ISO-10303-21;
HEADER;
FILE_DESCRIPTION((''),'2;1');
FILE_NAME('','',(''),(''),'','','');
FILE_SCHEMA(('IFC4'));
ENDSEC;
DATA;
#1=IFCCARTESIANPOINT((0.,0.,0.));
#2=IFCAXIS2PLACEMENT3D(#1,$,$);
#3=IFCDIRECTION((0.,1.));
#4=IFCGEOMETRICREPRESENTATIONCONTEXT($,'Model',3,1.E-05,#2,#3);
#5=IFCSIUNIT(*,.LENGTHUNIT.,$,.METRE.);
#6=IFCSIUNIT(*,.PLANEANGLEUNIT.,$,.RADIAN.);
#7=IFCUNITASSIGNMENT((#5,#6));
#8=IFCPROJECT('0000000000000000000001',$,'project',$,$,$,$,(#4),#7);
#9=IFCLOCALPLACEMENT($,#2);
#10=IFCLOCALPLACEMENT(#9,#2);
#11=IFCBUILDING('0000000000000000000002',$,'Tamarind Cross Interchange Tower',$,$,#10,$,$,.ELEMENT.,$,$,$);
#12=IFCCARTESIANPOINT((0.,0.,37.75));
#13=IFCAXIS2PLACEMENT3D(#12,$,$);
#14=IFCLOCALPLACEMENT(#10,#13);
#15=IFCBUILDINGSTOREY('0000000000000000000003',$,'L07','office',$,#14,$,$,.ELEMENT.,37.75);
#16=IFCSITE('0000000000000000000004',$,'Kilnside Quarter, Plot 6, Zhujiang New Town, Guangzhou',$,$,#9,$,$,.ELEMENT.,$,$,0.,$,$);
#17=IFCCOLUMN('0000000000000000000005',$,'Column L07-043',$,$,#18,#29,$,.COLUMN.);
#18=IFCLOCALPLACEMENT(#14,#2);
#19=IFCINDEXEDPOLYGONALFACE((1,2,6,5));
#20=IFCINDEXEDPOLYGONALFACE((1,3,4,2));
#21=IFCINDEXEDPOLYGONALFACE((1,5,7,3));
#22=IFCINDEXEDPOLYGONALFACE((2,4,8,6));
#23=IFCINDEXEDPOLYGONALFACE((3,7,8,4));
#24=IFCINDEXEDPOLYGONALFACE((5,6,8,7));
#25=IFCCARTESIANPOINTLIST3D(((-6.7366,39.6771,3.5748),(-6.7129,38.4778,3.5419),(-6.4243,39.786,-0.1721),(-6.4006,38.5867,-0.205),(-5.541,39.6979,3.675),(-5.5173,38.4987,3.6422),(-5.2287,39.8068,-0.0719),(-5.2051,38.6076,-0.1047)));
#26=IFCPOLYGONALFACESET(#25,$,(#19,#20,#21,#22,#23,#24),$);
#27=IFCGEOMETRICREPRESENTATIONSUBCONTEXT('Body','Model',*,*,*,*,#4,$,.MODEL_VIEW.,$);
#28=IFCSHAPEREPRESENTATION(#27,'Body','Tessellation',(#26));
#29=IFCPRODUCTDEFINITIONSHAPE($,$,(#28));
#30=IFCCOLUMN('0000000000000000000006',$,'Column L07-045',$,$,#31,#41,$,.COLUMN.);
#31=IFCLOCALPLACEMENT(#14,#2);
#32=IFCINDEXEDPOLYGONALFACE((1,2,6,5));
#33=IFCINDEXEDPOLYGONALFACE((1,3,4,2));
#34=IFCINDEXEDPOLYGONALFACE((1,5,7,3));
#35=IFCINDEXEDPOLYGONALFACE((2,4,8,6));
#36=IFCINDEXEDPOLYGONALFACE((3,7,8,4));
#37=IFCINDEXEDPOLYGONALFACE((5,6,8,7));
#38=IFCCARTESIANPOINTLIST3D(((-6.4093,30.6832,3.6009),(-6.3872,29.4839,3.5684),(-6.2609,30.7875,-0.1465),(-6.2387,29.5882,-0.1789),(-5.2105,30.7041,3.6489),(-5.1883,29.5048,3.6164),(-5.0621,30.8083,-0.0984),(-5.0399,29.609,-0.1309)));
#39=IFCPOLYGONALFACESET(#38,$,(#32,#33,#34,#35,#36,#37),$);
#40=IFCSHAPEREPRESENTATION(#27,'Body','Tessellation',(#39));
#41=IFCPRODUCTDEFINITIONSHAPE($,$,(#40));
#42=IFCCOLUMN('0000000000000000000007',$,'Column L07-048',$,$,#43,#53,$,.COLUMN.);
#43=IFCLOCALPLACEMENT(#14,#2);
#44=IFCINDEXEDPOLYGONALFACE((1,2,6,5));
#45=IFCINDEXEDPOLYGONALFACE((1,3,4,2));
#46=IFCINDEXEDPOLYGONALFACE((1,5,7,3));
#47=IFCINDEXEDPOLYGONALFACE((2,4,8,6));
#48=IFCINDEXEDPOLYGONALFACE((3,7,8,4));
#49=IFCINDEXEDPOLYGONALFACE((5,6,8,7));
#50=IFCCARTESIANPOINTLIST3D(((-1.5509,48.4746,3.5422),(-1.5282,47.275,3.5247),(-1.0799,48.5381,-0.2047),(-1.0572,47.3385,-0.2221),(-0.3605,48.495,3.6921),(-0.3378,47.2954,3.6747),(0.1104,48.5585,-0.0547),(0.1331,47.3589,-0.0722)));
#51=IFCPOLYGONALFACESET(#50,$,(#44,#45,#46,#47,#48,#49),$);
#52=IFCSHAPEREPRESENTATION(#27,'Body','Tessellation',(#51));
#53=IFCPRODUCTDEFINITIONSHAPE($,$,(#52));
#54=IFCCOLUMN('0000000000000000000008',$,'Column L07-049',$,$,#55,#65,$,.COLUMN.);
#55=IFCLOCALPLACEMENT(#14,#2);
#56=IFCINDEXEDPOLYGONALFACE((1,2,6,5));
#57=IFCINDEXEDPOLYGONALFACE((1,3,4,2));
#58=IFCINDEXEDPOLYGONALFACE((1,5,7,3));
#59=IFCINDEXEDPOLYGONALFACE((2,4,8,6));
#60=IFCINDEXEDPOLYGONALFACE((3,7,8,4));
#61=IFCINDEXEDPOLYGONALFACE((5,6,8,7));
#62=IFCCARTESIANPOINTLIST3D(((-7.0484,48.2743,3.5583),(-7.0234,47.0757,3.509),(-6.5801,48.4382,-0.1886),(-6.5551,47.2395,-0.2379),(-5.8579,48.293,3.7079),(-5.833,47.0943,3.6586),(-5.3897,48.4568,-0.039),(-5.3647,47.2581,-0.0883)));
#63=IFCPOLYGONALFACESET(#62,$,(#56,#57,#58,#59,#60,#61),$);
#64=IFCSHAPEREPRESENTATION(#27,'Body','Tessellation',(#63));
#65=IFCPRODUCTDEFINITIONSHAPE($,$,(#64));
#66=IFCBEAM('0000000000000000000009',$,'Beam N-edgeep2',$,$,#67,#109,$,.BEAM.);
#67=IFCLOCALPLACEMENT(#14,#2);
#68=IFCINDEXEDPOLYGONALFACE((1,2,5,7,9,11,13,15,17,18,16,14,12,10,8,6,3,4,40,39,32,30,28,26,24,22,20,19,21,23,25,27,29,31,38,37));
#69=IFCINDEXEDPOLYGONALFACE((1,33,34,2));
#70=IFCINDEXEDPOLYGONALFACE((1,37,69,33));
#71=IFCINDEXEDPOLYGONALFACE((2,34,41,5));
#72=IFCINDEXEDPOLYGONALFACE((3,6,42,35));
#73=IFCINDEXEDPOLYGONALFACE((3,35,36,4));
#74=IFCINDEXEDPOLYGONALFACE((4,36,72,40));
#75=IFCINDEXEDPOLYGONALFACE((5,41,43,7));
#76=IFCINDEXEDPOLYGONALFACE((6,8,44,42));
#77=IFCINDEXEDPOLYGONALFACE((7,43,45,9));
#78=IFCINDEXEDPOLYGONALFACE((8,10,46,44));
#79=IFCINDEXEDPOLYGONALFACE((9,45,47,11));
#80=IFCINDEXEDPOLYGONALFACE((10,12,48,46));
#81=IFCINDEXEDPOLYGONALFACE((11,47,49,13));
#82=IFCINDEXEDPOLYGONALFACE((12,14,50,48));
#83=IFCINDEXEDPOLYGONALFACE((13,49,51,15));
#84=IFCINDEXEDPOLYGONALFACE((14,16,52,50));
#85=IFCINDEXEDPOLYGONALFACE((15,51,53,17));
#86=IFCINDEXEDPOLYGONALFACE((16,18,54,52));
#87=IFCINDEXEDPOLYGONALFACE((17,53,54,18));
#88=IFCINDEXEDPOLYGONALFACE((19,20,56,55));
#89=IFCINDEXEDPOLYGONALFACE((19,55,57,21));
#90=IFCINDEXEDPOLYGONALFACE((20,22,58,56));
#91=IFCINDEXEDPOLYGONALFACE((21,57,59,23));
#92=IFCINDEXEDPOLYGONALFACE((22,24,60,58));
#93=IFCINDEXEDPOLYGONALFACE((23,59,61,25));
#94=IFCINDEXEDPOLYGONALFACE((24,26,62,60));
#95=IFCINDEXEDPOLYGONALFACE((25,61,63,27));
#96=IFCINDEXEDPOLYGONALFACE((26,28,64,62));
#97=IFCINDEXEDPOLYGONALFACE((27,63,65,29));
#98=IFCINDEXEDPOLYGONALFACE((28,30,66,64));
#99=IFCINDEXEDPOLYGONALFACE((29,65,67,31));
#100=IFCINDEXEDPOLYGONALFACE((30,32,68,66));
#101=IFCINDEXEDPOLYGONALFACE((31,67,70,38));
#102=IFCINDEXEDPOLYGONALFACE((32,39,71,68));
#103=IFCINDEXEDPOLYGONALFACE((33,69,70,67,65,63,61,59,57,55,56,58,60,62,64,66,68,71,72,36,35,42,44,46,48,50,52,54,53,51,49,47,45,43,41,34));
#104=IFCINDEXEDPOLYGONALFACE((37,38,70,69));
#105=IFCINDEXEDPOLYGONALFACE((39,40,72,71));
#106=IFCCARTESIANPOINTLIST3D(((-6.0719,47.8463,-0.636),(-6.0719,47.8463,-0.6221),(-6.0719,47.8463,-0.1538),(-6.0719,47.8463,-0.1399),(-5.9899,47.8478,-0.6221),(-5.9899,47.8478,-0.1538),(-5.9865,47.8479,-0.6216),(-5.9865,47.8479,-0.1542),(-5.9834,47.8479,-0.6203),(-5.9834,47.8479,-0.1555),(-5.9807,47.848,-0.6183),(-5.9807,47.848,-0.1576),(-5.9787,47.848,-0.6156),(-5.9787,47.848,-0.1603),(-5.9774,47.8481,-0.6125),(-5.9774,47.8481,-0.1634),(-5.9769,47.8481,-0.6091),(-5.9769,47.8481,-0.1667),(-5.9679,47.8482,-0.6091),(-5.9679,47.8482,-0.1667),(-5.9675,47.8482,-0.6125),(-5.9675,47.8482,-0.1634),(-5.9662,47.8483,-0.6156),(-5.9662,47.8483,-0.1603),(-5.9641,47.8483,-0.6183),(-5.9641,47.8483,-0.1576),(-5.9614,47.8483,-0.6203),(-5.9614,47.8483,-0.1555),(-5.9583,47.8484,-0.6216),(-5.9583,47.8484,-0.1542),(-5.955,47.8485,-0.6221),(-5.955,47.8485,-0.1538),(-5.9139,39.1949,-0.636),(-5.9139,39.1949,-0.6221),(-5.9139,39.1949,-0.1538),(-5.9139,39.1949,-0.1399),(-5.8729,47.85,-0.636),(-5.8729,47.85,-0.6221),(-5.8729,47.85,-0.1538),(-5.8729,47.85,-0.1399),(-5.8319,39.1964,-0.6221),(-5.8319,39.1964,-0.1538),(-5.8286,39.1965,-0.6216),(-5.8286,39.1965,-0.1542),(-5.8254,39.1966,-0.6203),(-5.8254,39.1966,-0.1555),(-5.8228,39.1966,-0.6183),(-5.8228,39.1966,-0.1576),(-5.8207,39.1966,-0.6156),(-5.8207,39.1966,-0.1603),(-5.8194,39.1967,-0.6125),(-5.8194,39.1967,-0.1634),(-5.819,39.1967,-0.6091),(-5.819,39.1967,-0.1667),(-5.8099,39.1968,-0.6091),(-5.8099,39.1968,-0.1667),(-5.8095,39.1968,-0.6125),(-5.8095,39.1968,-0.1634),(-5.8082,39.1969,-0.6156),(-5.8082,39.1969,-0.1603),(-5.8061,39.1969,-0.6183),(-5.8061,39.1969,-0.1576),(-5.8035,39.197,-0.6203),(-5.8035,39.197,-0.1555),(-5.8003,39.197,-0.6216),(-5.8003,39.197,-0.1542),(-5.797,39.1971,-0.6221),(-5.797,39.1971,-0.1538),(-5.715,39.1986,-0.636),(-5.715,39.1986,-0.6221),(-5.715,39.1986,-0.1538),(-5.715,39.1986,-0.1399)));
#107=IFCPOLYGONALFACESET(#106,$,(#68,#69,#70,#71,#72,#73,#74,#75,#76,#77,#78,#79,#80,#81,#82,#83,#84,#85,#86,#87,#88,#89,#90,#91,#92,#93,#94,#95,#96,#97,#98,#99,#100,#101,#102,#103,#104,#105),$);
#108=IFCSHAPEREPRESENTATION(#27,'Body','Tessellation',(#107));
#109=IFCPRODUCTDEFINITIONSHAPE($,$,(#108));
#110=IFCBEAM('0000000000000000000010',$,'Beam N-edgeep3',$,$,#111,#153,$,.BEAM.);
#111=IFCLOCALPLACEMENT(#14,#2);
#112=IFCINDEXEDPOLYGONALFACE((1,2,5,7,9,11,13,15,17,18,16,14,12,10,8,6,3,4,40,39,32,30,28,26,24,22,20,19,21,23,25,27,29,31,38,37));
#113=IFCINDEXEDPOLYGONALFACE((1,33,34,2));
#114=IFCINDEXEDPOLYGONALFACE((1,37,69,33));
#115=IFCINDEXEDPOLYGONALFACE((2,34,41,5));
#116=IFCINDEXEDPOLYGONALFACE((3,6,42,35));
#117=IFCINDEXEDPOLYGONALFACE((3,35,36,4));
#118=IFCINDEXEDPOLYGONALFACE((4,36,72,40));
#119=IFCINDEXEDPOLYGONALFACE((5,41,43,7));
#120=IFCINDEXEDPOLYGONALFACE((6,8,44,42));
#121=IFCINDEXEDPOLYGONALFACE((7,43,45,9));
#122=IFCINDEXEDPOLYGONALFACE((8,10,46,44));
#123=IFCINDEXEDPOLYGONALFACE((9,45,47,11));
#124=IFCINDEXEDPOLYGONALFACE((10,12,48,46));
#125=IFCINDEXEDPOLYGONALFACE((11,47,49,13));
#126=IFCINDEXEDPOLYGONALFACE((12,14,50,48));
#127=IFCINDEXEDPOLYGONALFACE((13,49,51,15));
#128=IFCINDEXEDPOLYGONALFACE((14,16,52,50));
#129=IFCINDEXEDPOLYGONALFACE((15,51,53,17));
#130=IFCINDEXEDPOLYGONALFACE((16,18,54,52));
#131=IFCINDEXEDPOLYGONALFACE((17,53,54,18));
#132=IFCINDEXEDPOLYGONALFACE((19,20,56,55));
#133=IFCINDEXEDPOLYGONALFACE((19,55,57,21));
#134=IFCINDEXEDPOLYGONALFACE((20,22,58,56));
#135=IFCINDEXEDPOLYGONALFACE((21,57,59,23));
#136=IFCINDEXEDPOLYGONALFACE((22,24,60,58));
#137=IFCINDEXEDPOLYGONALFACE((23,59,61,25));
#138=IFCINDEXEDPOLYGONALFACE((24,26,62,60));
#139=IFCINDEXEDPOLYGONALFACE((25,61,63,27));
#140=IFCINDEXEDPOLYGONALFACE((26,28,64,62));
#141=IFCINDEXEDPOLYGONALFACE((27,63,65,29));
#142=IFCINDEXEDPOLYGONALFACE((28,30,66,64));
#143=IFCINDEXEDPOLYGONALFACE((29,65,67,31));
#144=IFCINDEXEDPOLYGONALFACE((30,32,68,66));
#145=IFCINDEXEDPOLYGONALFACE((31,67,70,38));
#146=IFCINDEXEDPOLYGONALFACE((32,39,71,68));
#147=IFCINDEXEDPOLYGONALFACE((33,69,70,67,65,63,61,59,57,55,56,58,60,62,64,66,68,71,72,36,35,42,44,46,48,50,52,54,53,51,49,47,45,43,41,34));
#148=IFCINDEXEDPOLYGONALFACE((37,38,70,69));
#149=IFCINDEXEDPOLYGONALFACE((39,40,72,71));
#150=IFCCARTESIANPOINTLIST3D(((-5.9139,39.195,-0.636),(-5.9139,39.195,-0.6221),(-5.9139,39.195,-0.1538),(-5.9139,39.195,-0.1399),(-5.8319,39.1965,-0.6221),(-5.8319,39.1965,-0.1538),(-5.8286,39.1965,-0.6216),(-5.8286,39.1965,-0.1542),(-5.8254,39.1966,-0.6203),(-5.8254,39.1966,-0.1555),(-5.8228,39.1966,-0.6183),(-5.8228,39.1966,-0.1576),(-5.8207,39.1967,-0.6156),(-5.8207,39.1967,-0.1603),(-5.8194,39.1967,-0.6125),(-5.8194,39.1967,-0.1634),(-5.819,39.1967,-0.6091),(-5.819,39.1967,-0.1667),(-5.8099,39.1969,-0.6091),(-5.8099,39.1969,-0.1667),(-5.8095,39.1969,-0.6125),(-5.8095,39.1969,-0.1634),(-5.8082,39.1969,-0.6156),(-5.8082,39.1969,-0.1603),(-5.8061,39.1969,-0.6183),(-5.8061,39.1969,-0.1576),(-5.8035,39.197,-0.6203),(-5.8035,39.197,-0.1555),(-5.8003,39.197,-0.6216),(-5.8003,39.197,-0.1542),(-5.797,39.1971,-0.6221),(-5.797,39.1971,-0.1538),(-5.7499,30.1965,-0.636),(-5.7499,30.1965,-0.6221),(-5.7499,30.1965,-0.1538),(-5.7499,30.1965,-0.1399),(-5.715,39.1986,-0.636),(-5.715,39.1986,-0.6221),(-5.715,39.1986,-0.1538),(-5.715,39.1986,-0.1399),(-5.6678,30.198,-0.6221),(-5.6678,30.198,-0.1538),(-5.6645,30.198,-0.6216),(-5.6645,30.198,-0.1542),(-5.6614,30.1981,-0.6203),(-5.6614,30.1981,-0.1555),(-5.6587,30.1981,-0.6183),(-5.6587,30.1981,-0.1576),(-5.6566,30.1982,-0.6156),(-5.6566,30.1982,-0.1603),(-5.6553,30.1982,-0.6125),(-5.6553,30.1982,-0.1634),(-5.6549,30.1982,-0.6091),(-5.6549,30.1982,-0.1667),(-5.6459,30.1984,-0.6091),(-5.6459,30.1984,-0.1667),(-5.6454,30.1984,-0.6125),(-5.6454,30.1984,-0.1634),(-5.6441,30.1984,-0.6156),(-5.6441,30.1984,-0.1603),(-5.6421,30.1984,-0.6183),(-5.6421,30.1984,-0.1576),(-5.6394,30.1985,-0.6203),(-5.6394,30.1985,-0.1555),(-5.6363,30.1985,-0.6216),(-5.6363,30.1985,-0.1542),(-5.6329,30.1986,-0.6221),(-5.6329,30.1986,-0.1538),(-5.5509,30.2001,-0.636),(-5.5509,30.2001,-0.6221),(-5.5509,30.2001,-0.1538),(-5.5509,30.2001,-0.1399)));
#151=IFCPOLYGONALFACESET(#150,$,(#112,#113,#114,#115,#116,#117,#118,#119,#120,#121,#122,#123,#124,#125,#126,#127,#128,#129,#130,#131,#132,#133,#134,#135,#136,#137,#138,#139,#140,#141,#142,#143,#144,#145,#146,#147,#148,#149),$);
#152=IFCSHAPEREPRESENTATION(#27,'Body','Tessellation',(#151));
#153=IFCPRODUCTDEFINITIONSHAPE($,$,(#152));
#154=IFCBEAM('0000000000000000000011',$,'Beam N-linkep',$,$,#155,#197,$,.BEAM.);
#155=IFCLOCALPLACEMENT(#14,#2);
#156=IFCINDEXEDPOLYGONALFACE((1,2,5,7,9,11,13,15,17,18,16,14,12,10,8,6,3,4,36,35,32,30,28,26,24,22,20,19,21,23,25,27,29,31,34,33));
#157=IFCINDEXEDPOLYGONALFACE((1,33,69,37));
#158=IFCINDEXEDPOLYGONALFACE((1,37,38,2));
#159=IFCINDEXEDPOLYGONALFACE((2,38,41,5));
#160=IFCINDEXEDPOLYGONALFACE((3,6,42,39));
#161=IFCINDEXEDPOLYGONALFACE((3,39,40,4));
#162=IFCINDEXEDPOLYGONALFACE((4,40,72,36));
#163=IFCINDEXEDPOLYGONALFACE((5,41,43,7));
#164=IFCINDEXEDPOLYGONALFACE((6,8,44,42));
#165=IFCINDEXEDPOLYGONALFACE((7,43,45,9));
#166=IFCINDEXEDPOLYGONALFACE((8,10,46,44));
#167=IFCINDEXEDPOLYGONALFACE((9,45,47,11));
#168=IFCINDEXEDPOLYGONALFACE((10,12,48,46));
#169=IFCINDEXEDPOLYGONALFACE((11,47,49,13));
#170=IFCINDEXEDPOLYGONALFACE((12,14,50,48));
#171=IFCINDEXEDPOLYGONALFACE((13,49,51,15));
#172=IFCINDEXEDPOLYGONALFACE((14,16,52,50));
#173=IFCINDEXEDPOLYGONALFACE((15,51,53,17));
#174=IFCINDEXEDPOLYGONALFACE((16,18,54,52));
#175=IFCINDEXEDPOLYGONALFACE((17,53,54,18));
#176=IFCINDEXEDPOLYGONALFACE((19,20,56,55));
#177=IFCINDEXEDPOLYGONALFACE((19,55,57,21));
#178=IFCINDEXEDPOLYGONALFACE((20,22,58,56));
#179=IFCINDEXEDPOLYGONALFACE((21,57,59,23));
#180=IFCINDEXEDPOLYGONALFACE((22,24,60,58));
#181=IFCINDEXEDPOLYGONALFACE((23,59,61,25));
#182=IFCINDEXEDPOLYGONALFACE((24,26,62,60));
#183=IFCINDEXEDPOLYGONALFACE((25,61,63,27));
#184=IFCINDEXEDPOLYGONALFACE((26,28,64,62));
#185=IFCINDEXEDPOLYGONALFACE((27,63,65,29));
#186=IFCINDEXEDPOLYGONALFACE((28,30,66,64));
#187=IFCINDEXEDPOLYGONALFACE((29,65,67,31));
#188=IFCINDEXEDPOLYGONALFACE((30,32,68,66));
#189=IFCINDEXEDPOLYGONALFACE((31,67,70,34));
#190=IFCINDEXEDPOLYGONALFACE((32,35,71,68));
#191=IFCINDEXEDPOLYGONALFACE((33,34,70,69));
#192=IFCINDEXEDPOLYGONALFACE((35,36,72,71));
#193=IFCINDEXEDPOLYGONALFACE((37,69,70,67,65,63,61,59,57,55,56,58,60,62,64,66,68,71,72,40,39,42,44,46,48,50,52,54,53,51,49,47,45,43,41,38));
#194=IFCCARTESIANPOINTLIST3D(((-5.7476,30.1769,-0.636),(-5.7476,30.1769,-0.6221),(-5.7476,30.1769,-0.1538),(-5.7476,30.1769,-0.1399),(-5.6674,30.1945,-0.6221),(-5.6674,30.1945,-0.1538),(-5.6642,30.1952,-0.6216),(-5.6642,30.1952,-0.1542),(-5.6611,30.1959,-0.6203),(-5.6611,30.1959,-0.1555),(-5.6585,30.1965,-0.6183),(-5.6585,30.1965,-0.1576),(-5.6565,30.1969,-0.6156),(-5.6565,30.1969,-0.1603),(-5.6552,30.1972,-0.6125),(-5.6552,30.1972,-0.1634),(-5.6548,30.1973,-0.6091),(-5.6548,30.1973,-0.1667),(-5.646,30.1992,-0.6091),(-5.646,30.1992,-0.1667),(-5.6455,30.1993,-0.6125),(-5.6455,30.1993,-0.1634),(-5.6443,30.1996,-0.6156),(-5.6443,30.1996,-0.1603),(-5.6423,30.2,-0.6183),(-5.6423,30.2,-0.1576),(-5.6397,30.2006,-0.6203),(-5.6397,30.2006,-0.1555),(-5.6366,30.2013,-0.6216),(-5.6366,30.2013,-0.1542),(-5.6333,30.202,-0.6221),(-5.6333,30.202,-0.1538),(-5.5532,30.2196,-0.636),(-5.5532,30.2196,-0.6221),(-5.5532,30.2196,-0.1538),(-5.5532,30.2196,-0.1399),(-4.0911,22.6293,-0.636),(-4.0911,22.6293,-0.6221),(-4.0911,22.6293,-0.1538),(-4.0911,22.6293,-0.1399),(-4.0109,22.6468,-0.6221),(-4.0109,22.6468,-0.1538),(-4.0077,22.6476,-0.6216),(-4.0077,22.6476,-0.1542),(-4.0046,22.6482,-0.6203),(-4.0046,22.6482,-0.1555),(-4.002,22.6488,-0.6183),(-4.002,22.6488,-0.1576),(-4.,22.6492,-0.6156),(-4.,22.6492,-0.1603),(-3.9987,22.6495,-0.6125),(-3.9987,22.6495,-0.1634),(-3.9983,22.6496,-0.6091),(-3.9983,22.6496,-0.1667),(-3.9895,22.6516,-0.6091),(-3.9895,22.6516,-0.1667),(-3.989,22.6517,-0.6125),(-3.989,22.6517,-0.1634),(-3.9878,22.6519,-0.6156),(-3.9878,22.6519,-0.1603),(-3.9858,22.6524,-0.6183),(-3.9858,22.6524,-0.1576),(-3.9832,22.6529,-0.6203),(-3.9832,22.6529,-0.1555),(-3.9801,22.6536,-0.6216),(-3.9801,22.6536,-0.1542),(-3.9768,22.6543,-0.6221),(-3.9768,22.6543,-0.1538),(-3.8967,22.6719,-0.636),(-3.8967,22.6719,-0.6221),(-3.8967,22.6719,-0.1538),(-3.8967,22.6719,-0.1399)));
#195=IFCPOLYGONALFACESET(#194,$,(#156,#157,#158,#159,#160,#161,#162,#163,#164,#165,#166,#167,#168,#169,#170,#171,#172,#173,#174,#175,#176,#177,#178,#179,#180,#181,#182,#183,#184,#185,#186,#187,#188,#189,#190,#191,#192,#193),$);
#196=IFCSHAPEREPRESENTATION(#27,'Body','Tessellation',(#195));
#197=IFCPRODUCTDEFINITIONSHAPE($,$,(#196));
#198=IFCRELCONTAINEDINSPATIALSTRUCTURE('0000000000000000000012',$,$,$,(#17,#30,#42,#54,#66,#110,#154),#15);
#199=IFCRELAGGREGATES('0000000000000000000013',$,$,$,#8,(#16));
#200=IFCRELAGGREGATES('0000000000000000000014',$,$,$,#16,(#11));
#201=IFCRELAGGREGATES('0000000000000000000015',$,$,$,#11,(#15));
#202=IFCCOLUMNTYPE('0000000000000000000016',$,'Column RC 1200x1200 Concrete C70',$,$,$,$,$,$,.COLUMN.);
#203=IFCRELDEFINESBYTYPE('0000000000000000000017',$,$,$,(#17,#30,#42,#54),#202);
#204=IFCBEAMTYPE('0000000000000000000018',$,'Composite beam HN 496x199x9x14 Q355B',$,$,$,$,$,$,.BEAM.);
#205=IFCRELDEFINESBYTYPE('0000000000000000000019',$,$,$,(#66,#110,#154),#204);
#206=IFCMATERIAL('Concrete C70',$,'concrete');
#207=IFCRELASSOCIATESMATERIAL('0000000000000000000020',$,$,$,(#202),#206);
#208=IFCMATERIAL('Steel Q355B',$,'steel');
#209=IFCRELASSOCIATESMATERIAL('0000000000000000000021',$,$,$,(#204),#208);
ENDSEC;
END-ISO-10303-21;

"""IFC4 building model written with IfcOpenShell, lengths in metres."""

from ifc_helpers import new_model, si_unit, direction, frame, origin, origin_2d, place, context, subcontext, project, spatial, rectangle, i_section, extrude, material, material_profile, profile_set, type_object, element, save


model = new_model("IFC4")

# Units and contexts
model_context = context("Model", 3, precision=1e-05, world=origin(), true_north=direction((0.0, 1.0)))
body_context = subcontext(model_context, "Body", "Model", "MODEL_VIEW")
ifc_project = project(units=[si_unit("LENGTHUNIT", "METRE"), si_unit("PLANEANGLEUNIT", "RADIAN")], contexts=[model_context])

# Site, building, storey
site_placement = place(None, origin())
site = spatial("IfcSite", under=ifc_project, at=site_placement, Name="Kilnside Quarter, Plot 6, Zhujiang New Town, Guangzhou", CompositionType="ELEMENT", RefElevation=0.0)
building_placement = place(site_placement, origin())
building = spatial("IfcBuilding", under=site, at=building_placement, Name="Tamarind Cross Interchange Tower", CompositionType="ELEMENT")
storey_placement = place(building_placement, frame((0.0, 0.0, 37.75)))
storey = spatial("IfcBuildingStorey", under=building, at=storey_placement, Name="L07", Description="office", CompositionType="ELEMENT", Elevation=37.75)

# Columns
ifc_material_1 = material(Name="Concrete C70", Category="concrete")
ifc_material_profile_1 = material_profile(ifc_material_1, rectangle(XDim=1.2, YDim=1.2, at=origin_2d()), Name="RC 1200x1200")
ifc_profile_set_1 = profile_set([ifc_material_profile_1], Name="Concrete C70")
column_type = type_object("IfcColumnType", Name="Column RC 1200x1200 Concrete C70", PredefinedType="COLUMN", material=ifc_profile_set_1)
column_1_placement = place(storey_placement, frame((-5.8147, 39.1968, -0.1384), z_axis=(-0.083016, -0.028949, 0.996128), x_axis=(0.996353, 0.017381, 0.08354)))
element("IfcColumn", 1, at=column_1_placement, inside=storey, type_object=column_type, Name="Column L07-043", PredefinedType="COLUMN", context=body_context, shape_type="SweptSolid", body=[
    extrude(rectangle(XDim=1.2, YDim=1.2, at=origin_2d()), origin(), (0.0, 0.0, 1.0), 3.7615),
])
column_2_placement = place(storey_placement, frame((-5.6504, 30.1982, -0.1387), z_axis=(-0.039565, -0.027787, 0.998831), x_axis=(0.999046, 0.017377, 0.040057)))
element("IfcColumn", 2, at=column_2_placement, inside=storey, type_object=column_type, Name="Column L07-045", PredefinedType="COLUMN", context=body_context, shape_type="SweptSolid", body=[
    extrude(rectangle(XDim=1.2, YDim=1.2, at=origin_2d()), origin(), (0.0, 0.0, 1.0), 3.7517),
])
column_3_placement = place(storey_placement, frame((-0.4734, 47.9485, -0.1384), z_axis=(-0.124693, -0.016807, 0.992053), x_axis=(0.992015, 0.016951, 0.124976)))
element("IfcColumn", 3, at=column_3_placement, inside=storey, type_object=column_type, Name="Column L07-048", PredefinedType="COLUMN", context=body_context, shape_type="SweptSolid", body=[
    extrude(rectangle(XDim=1.2, YDim=1.2, at=origin_2d()), origin(), (0.0, 0.0, 1.0), 3.7769),
])
column_4_placement = place(storey_placement, frame((-5.9724, 47.8481, -0.1384), z_axis=(-0.123894, -0.043344, 0.991348), x_axis=(0.992077, 0.015552, 0.124665)))
element("IfcColumn", 4, at=column_4_placement, inside=storey, type_object=column_type, Name="Column L07-049", PredefinedType="COLUMN", context=body_context, shape_type="SweptSolid", body=[
    extrude(rectangle(XDim=1.2, YDim=1.2, at=origin_2d()), origin(), (0.0, 0.0, 1.0), 3.7795),
])

# Beams
ifc_material_2 = material(Name="Steel Q355B", Category="steel")
ifc_material_profile_2 = material_profile(ifc_material_2, i_section(OverallWidth=0.199, OverallDepth=0.4961, WebThickness=0.009, FlangeThickness=0.0139, FilletRadius=0.0129, at=origin_2d()), Name="HN 496x199x9x14")
ifc_profile_set_2 = profile_set([ifc_material_profile_2], Name="Steel Q355B")
beam_type_1 = type_object("IfcBeamType", Name="Composite beam HN 496x199x9x14 Q355B", PredefinedType="BEAM", material=ifc_profile_set_2)
beam_1_placement = place(storey_placement, frame((-5.9724, 47.8481, -0.3879), z_axis=(0.018255, -0.999833, 0.0), x_axis=(0.999833, 0.018255, 0.0)))
element("IfcBeam", 5, at=beam_1_placement, inside=storey, type_object=beam_type_1, Name="Beam N-edgeep2", PredefinedType="BEAM", context=body_context, shape_type="SweptSolid", body=[
    extrude(i_section(OverallWidth=0.199, OverallDepth=0.4961, WebThickness=0.009, FlangeThickness=0.0139, FilletRadius=0.0129, at=origin_2d()), origin(), (0.0, 0.0, 1.0), 8.6528),
])
beam_2_placement = place(storey_placement, frame((-5.8145, 39.1968, -0.3879), z_axis=(0.018229, -0.999834, 0.0), x_axis=(0.999834, 0.018229, 0.0)))
element("IfcBeam", 6, at=beam_2_placement, inside=storey, type_object=beam_type_1, Name="Beam N-edgeep3", PredefinedType="BEAM", context=body_context, shape_type="SweptSolid", body=[
    extrude(i_section(OverallWidth=0.199, OverallDepth=0.4961, WebThickness=0.009, FlangeThickness=0.0139, FilletRadius=0.0129, at=origin_2d()), origin(), (0.0, 0.0, 1.0), 9.0),
])
beam_3_placement = place(storey_placement, frame((-5.6504, 30.1982, -0.3879), z_axis=(0.214371, -0.976752, 0.0), x_axis=(0.976752, 0.214371, 0.0)))
element("IfcBeam", 7, at=beam_3_placement, inside=storey, type_object=beam_type_1, Name="Beam N-linkep", PredefinedType="BEAM", context=body_context, shape_type="SweptSolid", body=[
    extrude(i_section(OverallWidth=0.199, OverallDepth=0.4961, WebThickness=0.009, FlangeThickness=0.0139, FilletRadius=0.0129, at=origin_2d()), origin(), (0.0, 0.0, 1.0), 7.7273),
])

save(model, "model.ifc")
